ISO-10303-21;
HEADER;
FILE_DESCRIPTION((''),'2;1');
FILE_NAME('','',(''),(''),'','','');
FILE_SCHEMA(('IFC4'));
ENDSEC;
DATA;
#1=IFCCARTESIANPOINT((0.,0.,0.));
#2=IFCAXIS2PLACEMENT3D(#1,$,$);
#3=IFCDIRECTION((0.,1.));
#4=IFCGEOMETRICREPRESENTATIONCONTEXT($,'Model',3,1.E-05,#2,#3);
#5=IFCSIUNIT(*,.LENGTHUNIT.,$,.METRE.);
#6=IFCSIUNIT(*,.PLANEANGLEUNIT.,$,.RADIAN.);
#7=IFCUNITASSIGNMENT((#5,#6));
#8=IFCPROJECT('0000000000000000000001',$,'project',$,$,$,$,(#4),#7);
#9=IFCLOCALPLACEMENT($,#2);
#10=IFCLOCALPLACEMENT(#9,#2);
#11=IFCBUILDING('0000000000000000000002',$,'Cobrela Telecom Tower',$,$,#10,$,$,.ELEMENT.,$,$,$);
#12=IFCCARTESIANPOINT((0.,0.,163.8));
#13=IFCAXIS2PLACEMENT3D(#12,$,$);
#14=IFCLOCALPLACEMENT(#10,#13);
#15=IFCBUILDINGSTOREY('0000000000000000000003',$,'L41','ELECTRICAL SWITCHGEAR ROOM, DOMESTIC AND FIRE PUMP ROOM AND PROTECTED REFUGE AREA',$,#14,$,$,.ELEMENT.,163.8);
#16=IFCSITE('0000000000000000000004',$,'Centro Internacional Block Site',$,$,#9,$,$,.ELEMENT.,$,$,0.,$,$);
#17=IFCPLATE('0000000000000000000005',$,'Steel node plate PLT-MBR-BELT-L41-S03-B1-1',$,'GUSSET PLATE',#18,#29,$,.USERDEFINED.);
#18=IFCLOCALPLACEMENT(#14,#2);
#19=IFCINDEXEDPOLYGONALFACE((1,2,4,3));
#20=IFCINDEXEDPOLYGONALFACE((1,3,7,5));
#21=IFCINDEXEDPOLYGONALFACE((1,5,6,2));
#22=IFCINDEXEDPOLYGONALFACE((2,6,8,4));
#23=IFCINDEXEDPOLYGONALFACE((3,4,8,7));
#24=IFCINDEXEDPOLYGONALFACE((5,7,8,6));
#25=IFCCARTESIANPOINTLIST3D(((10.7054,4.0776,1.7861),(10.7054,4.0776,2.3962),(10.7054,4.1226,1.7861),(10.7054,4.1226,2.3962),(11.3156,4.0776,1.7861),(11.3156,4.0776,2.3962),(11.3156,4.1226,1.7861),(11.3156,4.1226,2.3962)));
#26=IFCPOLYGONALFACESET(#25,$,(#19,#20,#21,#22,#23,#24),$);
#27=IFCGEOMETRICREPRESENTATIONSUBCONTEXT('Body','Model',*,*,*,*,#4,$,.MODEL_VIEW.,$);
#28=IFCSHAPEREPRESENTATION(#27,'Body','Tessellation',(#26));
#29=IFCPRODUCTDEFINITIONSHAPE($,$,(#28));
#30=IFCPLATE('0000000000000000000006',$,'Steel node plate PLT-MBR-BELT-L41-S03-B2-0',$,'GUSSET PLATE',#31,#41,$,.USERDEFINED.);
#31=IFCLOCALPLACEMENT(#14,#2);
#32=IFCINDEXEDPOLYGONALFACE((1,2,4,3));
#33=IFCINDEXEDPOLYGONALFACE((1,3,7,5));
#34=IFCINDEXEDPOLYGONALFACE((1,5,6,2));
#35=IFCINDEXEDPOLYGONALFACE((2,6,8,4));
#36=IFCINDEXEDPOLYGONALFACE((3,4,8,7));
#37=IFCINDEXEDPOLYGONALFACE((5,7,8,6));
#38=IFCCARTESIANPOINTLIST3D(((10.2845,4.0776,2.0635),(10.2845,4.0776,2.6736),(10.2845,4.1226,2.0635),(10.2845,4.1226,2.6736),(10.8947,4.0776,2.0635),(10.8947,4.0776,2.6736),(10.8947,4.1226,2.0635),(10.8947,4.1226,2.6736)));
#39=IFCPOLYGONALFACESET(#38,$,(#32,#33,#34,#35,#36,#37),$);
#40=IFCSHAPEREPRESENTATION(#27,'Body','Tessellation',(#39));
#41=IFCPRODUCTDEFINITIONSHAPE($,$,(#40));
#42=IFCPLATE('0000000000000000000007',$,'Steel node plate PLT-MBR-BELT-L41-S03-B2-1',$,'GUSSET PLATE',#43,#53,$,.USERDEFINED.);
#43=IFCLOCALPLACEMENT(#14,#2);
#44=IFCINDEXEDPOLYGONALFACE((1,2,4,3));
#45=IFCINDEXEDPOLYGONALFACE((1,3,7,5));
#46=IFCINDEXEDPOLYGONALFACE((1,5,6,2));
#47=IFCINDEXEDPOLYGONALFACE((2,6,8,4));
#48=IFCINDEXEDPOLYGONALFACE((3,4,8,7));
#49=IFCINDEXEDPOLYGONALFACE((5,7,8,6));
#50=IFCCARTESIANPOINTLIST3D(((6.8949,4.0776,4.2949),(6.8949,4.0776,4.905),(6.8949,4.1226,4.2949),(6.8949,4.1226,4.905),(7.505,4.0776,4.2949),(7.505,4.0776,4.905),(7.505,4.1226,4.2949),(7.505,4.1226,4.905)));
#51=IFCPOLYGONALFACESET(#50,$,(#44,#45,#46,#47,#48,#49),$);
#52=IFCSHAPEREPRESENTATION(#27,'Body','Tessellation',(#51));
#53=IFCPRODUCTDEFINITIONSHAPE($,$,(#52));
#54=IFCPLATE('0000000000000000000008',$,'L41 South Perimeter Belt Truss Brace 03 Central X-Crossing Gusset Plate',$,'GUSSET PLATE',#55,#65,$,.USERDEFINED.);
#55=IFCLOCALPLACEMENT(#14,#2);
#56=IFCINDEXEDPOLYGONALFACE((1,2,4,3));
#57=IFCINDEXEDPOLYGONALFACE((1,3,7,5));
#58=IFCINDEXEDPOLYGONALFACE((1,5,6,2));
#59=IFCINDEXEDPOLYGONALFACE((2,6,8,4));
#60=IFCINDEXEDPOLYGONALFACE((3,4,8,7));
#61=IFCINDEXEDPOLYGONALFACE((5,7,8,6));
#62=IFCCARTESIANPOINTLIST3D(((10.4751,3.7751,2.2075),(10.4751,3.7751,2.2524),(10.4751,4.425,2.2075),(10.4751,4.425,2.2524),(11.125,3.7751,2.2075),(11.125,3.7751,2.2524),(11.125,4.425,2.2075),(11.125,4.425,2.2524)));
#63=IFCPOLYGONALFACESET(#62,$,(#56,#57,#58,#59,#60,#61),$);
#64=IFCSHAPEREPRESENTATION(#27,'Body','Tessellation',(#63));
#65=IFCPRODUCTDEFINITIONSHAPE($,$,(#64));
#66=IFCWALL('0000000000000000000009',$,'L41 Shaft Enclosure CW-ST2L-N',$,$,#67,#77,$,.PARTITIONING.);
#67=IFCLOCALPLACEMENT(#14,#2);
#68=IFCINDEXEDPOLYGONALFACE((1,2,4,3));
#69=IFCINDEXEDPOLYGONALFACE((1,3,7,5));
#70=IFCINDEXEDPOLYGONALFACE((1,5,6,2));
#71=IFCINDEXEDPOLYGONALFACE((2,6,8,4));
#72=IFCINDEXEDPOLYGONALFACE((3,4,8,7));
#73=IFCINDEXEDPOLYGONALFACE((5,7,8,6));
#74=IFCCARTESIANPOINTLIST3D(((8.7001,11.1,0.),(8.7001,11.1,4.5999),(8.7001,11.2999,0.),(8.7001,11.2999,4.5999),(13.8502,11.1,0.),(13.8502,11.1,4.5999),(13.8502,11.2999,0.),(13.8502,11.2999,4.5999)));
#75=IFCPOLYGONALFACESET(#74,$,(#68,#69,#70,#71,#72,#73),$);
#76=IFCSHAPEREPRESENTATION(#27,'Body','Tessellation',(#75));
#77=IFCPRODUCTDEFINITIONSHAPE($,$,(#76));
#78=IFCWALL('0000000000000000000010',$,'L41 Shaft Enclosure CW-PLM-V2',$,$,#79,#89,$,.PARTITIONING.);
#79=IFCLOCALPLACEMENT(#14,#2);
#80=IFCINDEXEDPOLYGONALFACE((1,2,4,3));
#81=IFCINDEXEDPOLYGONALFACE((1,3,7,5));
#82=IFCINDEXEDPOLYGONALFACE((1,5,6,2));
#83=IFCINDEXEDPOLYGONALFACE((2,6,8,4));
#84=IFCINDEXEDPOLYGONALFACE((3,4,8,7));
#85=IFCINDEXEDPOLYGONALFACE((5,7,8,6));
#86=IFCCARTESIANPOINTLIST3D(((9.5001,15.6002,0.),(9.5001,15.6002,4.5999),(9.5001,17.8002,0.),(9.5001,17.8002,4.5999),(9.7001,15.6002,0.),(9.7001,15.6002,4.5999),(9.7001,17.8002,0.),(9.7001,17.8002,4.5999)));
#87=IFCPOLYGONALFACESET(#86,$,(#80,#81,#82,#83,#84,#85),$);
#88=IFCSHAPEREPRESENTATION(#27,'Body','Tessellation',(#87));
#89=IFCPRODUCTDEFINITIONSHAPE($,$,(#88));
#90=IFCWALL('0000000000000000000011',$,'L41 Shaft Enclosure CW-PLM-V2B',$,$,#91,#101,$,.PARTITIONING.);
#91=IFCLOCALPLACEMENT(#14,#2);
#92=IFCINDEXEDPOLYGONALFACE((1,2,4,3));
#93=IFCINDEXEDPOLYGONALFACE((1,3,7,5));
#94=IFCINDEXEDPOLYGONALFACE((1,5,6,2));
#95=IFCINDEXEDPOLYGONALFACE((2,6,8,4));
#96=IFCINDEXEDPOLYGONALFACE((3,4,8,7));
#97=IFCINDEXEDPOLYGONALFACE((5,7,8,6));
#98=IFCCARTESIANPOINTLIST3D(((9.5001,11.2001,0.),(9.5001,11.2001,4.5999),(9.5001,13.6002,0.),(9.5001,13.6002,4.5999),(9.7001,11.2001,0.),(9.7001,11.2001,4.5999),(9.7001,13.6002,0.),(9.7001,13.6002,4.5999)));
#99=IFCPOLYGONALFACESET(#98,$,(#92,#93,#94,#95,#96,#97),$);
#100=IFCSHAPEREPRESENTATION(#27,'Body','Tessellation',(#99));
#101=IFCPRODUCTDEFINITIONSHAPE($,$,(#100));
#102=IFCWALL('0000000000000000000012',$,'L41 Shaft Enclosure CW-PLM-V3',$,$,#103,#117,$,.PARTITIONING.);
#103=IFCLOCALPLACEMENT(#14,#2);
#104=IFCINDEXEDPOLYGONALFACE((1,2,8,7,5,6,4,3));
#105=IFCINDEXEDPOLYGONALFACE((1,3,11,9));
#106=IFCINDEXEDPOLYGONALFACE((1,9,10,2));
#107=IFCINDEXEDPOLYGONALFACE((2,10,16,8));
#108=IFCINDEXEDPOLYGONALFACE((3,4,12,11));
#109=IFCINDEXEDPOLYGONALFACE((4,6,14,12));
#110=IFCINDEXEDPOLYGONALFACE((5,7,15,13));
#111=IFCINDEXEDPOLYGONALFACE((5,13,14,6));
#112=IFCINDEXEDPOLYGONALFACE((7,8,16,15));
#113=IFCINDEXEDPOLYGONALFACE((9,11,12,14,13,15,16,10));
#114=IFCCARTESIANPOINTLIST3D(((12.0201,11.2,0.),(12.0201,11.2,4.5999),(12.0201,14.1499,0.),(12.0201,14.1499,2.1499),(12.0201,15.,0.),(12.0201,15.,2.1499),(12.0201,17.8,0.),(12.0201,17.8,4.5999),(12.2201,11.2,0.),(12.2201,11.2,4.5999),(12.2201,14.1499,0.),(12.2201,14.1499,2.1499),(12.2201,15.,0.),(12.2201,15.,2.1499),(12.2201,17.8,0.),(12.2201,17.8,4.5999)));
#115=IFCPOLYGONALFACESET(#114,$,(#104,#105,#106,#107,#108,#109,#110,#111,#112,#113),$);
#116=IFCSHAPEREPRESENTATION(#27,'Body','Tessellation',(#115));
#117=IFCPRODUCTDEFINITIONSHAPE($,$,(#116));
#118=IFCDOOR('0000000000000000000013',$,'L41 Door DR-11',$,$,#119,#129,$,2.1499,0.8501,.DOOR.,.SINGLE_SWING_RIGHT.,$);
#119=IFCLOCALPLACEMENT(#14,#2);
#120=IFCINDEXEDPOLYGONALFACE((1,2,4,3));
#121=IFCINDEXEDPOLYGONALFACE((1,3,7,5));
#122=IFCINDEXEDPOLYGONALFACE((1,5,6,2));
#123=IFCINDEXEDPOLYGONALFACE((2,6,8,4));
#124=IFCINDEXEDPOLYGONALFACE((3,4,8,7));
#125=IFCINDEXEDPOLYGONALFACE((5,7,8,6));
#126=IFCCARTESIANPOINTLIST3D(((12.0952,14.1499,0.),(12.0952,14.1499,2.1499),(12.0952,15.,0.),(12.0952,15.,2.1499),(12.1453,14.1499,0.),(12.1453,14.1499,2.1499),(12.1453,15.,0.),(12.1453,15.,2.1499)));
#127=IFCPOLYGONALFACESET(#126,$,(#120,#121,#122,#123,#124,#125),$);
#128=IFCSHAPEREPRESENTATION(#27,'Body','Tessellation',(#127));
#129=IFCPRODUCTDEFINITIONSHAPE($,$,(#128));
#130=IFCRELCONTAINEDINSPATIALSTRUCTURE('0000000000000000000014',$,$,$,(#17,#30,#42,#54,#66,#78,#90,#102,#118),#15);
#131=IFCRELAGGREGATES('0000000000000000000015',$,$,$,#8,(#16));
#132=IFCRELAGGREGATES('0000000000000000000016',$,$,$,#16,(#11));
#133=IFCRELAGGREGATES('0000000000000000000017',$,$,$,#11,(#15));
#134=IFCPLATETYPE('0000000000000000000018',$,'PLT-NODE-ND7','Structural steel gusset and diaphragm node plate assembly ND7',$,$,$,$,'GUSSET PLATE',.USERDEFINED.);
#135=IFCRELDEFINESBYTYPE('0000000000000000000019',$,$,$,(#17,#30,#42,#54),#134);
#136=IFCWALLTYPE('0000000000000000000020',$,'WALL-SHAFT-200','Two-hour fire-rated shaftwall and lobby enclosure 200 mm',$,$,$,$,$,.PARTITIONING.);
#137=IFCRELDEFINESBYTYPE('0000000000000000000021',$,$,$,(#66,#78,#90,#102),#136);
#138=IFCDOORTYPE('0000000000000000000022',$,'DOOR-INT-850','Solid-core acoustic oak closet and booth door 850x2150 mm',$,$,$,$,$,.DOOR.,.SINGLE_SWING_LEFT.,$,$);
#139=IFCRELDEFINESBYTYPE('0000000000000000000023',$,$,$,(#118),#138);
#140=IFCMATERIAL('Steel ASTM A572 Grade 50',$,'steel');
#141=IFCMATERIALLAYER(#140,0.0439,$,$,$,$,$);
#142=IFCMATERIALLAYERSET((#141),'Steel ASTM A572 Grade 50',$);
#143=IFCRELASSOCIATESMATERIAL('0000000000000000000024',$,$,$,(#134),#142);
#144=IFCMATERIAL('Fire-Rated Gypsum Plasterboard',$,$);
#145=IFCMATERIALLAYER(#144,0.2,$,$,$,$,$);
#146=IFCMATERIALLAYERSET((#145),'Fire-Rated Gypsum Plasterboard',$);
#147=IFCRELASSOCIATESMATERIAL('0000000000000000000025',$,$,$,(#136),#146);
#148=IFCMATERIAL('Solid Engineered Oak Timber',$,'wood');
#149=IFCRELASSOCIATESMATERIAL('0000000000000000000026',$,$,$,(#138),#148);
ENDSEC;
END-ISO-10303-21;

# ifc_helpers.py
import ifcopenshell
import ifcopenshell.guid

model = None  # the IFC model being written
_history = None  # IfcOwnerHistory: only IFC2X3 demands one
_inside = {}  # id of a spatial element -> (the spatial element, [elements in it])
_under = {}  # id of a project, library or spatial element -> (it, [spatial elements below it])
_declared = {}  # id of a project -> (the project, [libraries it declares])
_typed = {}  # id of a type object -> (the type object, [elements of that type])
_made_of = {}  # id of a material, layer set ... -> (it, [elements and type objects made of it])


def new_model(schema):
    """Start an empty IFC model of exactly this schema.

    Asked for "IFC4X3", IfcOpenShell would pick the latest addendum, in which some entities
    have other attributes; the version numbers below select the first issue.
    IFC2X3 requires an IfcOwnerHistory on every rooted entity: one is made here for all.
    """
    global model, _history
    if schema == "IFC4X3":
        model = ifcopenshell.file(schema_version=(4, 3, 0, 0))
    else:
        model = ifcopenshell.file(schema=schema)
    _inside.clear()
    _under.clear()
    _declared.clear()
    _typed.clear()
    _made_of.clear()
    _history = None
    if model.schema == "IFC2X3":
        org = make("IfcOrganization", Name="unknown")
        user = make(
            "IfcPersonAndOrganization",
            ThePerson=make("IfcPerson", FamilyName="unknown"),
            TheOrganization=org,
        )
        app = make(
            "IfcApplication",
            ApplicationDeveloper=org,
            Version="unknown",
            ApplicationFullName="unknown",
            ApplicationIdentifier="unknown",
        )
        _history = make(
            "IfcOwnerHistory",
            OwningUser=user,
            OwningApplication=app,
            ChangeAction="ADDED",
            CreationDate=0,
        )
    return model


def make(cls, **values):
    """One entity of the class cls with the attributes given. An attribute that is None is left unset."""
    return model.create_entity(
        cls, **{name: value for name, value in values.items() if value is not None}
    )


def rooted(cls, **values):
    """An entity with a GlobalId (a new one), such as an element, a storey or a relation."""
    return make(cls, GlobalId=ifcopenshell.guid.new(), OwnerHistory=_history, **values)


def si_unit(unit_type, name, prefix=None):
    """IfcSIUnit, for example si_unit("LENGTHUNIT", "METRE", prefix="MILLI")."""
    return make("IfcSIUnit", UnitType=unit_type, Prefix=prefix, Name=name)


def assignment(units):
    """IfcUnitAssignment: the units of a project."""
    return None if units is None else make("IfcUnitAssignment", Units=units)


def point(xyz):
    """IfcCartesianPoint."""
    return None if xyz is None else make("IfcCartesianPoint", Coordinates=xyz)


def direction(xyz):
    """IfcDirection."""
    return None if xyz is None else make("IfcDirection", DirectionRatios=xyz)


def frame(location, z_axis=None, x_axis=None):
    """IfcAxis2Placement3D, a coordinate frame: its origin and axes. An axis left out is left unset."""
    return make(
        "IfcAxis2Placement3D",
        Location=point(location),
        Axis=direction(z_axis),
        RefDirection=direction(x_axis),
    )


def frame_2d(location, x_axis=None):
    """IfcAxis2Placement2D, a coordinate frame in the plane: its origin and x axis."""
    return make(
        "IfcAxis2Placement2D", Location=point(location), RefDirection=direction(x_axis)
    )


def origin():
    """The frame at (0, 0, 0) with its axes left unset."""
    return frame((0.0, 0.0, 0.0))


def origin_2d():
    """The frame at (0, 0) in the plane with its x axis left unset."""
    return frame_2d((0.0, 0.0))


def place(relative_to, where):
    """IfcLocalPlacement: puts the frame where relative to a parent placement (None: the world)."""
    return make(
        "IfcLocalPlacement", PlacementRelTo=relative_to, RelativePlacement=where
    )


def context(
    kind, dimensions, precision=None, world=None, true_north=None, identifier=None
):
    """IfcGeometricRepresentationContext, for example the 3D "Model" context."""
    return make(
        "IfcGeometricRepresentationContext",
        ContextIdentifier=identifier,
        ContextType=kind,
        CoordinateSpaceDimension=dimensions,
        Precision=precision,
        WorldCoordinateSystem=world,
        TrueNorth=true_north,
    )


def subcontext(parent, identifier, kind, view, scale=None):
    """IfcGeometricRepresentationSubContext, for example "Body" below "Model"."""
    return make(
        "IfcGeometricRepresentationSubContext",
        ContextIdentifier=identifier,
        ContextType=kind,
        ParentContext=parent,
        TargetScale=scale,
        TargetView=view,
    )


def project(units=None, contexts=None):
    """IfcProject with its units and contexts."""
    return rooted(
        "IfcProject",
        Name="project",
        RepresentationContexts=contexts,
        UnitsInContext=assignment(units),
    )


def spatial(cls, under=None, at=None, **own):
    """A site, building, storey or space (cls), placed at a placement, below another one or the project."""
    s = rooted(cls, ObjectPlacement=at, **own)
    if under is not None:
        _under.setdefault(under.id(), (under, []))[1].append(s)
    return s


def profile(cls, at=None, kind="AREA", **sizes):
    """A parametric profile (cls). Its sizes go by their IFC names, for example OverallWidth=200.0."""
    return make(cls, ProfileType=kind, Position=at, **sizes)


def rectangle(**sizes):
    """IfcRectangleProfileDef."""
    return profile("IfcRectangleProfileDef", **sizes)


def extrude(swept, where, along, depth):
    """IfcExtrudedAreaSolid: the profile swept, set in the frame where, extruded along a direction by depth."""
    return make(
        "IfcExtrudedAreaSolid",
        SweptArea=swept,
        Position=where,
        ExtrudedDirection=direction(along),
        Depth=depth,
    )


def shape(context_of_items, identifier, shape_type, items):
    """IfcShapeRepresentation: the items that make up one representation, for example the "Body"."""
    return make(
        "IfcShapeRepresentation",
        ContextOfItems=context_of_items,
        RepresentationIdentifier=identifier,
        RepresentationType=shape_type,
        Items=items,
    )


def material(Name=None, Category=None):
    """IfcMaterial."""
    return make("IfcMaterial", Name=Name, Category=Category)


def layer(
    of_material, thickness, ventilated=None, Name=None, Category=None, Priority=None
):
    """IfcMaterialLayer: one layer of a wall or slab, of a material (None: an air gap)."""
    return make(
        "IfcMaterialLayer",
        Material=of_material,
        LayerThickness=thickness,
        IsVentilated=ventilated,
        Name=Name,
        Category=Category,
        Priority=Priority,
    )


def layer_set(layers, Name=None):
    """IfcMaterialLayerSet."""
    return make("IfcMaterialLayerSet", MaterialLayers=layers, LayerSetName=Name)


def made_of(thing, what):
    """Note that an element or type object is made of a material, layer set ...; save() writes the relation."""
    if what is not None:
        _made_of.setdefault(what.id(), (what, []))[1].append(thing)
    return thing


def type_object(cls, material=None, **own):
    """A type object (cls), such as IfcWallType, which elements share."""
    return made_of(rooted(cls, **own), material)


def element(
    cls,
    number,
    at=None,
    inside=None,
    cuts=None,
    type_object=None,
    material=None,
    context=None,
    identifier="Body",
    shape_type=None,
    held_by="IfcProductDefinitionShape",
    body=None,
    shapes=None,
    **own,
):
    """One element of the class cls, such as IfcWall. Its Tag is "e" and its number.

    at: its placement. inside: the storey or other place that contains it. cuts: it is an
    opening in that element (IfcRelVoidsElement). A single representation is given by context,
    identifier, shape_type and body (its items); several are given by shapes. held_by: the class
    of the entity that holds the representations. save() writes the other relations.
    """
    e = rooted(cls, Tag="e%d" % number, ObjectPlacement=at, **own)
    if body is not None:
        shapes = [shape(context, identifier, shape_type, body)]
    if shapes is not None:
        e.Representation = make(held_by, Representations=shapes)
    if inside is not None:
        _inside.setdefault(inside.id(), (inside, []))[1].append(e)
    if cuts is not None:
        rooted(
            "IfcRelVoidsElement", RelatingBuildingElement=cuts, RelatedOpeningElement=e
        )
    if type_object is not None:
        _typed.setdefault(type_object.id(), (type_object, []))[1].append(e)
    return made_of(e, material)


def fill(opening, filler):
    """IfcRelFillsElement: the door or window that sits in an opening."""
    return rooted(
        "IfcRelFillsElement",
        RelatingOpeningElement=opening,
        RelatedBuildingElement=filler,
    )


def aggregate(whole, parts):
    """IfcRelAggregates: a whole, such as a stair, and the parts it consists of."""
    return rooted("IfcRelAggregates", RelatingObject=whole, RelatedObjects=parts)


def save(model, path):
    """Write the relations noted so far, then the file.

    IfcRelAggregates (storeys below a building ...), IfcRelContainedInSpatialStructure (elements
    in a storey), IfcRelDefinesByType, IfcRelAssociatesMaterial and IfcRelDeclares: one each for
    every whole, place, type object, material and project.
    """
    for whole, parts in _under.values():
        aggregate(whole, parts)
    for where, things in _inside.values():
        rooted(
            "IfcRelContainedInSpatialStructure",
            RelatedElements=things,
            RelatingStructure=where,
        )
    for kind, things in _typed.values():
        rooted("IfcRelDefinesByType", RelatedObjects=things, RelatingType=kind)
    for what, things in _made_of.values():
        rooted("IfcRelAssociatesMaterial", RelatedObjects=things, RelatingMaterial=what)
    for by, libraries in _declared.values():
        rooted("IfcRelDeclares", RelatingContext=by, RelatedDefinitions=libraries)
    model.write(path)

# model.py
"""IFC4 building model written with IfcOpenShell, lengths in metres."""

from ifc_helpers import new_model, si_unit, direction, frame, frame_2d, origin, origin_2d, place, context, subcontext, project, spatial, rectangle, extrude, material, layer, layer_set, type_object, element, fill, save


model = new_model("IFC4")

# Units and contexts
model_context = context("Model", 3, precision=1e-05, world=origin(), true_north=direction((0.0, 1.0)))
body_context = subcontext(model_context, "Body", "Model", "MODEL_VIEW")
ifc_project = project(units=[si_unit("LENGTHUNIT", "METRE"), si_unit("PLANEANGLEUNIT", "RADIAN")], contexts=[model_context])

# Site, building, storey
site_placement = place(None, origin())
site = spatial("IfcSite", under=ifc_project, at=site_placement, Name="Centro Internacional Block Site", CompositionType="ELEMENT", RefElevation=0.0)
building_placement = place(site_placement, origin())
building = spatial("IfcBuilding", under=site, at=building_placement, Name="Cobrela Telecom Tower", CompositionType="ELEMENT")
storey_placement = place(building_placement, frame((0.0, 0.0, 163.8)))
storey = spatial("IfcBuildingStorey", under=building, at=storey_placement, Name="L41", Description="ELECTRICAL SWITCHGEAR ROOM, DOMESTIC AND FIRE PUMP ROOM AND PROTECTED REFUGE AREA", CompositionType="ELEMENT", Elevation=163.8)

# Shared definitions
ifc_material_1 = material(Name="Steel ASTM A572 Grade 50", Category="steel")

# Plates
ifc_layer_1 = layer(ifc_material_1, 0.0439)
ifc_layer_set_1 = layer_set([ifc_layer_1], Name="Steel ASTM A572 Grade 50")
plate_type = type_object("IfcPlateType", Name="PLT-NODE-ND7", Description="Structural steel gusset and diaphragm node plate assembly ND7", ElementType="GUSSET PLATE", PredefinedType="USERDEFINED", material=ifc_layer_set_1)
for number, where, z_axis, x_axis, name in (
    (1, (11.0105, 4.1001, 1.7861), (0.0, 0.0, 1.0), (-1.0, 0.0, 0.0), "Steel node plate PLT-MBR-BELT-L41-S03-B1-1"),
    (2, (10.5896, 4.1001, 2.0635), (0.0, 0.0, 1.0), (-1.0, 0.0, 0.0), "Steel node plate PLT-MBR-BELT-L41-S03-B2-0"),
    (3, (7.2, 4.1001, 4.2949), (0.0, 0.0, 1.0), (-1.0, 0.0, 0.0), "Steel node plate PLT-MBR-BELT-L41-S03-B2-1"),
):
    element("IfcPlate", number, at=place(storey_placement, frame(where, z_axis=z_axis, x_axis=x_axis)), inside=storey, type_object=plate_type, Name=name, ObjectType="GUSSET PLATE", PredefinedType="USERDEFINED", context=body_context, shape_type="SweptSolid", body=[
        extrude(rectangle(XDim=0.6101, YDim=0.0449, at=origin_2d()), origin(), (0.0, 0.0, 1.0), 0.6101),
    ])
plate_placement = place(storey_placement, frame((10.8, 4.1001, 2.2075), z_axis=(0.0, 0.0, 1.0), x_axis=(1.0, 0.0, 0.0)))
element("IfcPlate", 4, at=plate_placement, inside=storey, type_object=plate_type, Name="L41 South Perimeter Belt Truss Brace 03 Central X-Crossing Gusset Plate", ObjectType="GUSSET PLATE", PredefinedType="USERDEFINED", context=body_context, shape_type="SweptSolid", body=[
    extrude(rectangle(XDim=0.6499, YDim=0.6499, at=origin_2d()), origin(), (0.0, 0.0, 1.0), 0.0449),
])

# Walls
ifc_material_2 = material(Name="Fire-Rated Gypsum Plasterboard")
ifc_layer_2 = layer(ifc_material_2, 0.2)
ifc_layer_set_2 = layer_set([ifc_layer_2], Name="Fire-Rated Gypsum Plasterboard")
wall_type_1 = type_object("IfcWallType", Name="WALL-SHAFT-200", Description="Two-hour fire-rated shaftwall and lobby enclosure 200 mm", PredefinedType="PARTITIONING", material=ifc_layer_set_2)
wall_1_placement = place(storey_placement, frame((8.7, 11.2, 0.0), z_axis=(0.0, 0.0, 1.0), x_axis=(1.0, 0.0, 0.0)))
element("IfcWall", 5, at=wall_1_placement, inside=storey, type_object=wall_type_1, Name="L41 Shaft Enclosure CW-ST2L-N", PredefinedType="PARTITIONING", context=body_context, shape_type="SweptSolid", body=[
    extrude(rectangle(XDim=5.1501, YDim=0.2, at=frame_2d((2.5752, 0.0))), origin(), (0.0, 0.0, 1.0), 4.5999),
])
wall_2_placement = place(storey_placement, frame((9.6001, 15.6001, 0.0), z_axis=(0.0, 0.0, 1.0), x_axis=(0.0, 1.0, 0.0)))
element("IfcWall", 6, at=wall_2_placement, inside=storey, type_object=wall_type_1, Name="L41 Shaft Enclosure CW-PLM-V2", PredefinedType="PARTITIONING", context=body_context, shape_type="SweptSolid", body=[
    extrude(rectangle(XDim=2.2, YDim=0.2, at=frame_2d((1.1001, 0.0))), origin(), (0.0, 0.0, 1.0), 4.5999),
])
wall_3_placement = place(storey_placement, frame((9.6001, 11.2, 0.0), z_axis=(0.0, 0.0, 1.0), x_axis=(0.0, 1.0, 0.0)))
element("IfcWall", 7, at=wall_3_placement, inside=storey, type_object=wall_type_1, Name="L41 Shaft Enclosure CW-PLM-V2B", PredefinedType="PARTITIONING", context=body_context, shape_type="SweptSolid", body=[
    extrude(rectangle(XDim=2.4001, YDim=0.2, at=frame_2d((1.2002, 0.0))), origin(), (0.0, 0.0, 1.0), 4.5999),
])

# Wall, opening, door
wall_4_placement = place(storey_placement, frame((12.1201, 11.2, 0.0), z_axis=(0.0, 0.0, 1.0), x_axis=(0.0, 1.0, 0.0)))
wall_4 = element("IfcWall", 8, at=wall_4_placement, inside=storey, type_object=wall_type_1, Name="L41 Shaft Enclosure CW-PLM-V3", PredefinedType="PARTITIONING", context=body_context, shape_type="SweptSolid", body=[
    extrude(rectangle(XDim=6.6001, YDim=0.2, at=frame_2d((3.3, 0.0))), origin(), (0.0, 0.0, 1.0), 4.5999),
])
opening_1_placement = place(wall_4_placement, frame((2.95, 0.0, 0.0)))
opening_1 = element("IfcOpeningElement", 9, at=opening_1_placement, cuts=wall_4, PredefinedType="OPENING", context=body_context, shape_type="SweptSolid", body=[
    extrude(rectangle(XDim=0.8501, YDim=2.1499, at=frame_2d((0.425, 1.075))), frame((0.0, 0.1118, 0.0), z_axis=(0.0, -1.0, 0.0), x_axis=(1.0, 0.0, 0.0)), (0.0, 0.0, 1.0), 0.2239),
])
ifc_material_3 = material(Name="Solid Engineered Oak Timber", Category="wood")
door_type_1 = type_object("IfcDoorType", Name="DOOR-INT-850", Description="Solid-core acoustic oak closet and booth door 850x2150 mm", OperationType="SINGLE_SWING_LEFT", PredefinedType="DOOR", material=ifc_material_3)
door_1_placement = place(opening_1_placement, origin())
door_1 = element("IfcDoor", 10, at=door_1_placement, inside=storey, type_object=door_type_1, Name="L41 Door DR-11", OperationType="SINGLE_SWING_RIGHT", OverallHeight=2.1499, OverallWidth=0.8501, PredefinedType="DOOR", context=body_context, shape_type="SweptSolid", body=[
    extrude(rectangle(XDim=0.8501, YDim=2.1499, at=frame_2d((0.425, 1.075))), frame((0.0, 0.0249, 0.0), z_axis=(0.0, -1.0, 0.0), x_axis=(1.0, 0.0, 0.0)), (0.0, 0.0, 1.0), 0.05),
])
fill(opening_1, door_1)

save(model, "model.ifc")
